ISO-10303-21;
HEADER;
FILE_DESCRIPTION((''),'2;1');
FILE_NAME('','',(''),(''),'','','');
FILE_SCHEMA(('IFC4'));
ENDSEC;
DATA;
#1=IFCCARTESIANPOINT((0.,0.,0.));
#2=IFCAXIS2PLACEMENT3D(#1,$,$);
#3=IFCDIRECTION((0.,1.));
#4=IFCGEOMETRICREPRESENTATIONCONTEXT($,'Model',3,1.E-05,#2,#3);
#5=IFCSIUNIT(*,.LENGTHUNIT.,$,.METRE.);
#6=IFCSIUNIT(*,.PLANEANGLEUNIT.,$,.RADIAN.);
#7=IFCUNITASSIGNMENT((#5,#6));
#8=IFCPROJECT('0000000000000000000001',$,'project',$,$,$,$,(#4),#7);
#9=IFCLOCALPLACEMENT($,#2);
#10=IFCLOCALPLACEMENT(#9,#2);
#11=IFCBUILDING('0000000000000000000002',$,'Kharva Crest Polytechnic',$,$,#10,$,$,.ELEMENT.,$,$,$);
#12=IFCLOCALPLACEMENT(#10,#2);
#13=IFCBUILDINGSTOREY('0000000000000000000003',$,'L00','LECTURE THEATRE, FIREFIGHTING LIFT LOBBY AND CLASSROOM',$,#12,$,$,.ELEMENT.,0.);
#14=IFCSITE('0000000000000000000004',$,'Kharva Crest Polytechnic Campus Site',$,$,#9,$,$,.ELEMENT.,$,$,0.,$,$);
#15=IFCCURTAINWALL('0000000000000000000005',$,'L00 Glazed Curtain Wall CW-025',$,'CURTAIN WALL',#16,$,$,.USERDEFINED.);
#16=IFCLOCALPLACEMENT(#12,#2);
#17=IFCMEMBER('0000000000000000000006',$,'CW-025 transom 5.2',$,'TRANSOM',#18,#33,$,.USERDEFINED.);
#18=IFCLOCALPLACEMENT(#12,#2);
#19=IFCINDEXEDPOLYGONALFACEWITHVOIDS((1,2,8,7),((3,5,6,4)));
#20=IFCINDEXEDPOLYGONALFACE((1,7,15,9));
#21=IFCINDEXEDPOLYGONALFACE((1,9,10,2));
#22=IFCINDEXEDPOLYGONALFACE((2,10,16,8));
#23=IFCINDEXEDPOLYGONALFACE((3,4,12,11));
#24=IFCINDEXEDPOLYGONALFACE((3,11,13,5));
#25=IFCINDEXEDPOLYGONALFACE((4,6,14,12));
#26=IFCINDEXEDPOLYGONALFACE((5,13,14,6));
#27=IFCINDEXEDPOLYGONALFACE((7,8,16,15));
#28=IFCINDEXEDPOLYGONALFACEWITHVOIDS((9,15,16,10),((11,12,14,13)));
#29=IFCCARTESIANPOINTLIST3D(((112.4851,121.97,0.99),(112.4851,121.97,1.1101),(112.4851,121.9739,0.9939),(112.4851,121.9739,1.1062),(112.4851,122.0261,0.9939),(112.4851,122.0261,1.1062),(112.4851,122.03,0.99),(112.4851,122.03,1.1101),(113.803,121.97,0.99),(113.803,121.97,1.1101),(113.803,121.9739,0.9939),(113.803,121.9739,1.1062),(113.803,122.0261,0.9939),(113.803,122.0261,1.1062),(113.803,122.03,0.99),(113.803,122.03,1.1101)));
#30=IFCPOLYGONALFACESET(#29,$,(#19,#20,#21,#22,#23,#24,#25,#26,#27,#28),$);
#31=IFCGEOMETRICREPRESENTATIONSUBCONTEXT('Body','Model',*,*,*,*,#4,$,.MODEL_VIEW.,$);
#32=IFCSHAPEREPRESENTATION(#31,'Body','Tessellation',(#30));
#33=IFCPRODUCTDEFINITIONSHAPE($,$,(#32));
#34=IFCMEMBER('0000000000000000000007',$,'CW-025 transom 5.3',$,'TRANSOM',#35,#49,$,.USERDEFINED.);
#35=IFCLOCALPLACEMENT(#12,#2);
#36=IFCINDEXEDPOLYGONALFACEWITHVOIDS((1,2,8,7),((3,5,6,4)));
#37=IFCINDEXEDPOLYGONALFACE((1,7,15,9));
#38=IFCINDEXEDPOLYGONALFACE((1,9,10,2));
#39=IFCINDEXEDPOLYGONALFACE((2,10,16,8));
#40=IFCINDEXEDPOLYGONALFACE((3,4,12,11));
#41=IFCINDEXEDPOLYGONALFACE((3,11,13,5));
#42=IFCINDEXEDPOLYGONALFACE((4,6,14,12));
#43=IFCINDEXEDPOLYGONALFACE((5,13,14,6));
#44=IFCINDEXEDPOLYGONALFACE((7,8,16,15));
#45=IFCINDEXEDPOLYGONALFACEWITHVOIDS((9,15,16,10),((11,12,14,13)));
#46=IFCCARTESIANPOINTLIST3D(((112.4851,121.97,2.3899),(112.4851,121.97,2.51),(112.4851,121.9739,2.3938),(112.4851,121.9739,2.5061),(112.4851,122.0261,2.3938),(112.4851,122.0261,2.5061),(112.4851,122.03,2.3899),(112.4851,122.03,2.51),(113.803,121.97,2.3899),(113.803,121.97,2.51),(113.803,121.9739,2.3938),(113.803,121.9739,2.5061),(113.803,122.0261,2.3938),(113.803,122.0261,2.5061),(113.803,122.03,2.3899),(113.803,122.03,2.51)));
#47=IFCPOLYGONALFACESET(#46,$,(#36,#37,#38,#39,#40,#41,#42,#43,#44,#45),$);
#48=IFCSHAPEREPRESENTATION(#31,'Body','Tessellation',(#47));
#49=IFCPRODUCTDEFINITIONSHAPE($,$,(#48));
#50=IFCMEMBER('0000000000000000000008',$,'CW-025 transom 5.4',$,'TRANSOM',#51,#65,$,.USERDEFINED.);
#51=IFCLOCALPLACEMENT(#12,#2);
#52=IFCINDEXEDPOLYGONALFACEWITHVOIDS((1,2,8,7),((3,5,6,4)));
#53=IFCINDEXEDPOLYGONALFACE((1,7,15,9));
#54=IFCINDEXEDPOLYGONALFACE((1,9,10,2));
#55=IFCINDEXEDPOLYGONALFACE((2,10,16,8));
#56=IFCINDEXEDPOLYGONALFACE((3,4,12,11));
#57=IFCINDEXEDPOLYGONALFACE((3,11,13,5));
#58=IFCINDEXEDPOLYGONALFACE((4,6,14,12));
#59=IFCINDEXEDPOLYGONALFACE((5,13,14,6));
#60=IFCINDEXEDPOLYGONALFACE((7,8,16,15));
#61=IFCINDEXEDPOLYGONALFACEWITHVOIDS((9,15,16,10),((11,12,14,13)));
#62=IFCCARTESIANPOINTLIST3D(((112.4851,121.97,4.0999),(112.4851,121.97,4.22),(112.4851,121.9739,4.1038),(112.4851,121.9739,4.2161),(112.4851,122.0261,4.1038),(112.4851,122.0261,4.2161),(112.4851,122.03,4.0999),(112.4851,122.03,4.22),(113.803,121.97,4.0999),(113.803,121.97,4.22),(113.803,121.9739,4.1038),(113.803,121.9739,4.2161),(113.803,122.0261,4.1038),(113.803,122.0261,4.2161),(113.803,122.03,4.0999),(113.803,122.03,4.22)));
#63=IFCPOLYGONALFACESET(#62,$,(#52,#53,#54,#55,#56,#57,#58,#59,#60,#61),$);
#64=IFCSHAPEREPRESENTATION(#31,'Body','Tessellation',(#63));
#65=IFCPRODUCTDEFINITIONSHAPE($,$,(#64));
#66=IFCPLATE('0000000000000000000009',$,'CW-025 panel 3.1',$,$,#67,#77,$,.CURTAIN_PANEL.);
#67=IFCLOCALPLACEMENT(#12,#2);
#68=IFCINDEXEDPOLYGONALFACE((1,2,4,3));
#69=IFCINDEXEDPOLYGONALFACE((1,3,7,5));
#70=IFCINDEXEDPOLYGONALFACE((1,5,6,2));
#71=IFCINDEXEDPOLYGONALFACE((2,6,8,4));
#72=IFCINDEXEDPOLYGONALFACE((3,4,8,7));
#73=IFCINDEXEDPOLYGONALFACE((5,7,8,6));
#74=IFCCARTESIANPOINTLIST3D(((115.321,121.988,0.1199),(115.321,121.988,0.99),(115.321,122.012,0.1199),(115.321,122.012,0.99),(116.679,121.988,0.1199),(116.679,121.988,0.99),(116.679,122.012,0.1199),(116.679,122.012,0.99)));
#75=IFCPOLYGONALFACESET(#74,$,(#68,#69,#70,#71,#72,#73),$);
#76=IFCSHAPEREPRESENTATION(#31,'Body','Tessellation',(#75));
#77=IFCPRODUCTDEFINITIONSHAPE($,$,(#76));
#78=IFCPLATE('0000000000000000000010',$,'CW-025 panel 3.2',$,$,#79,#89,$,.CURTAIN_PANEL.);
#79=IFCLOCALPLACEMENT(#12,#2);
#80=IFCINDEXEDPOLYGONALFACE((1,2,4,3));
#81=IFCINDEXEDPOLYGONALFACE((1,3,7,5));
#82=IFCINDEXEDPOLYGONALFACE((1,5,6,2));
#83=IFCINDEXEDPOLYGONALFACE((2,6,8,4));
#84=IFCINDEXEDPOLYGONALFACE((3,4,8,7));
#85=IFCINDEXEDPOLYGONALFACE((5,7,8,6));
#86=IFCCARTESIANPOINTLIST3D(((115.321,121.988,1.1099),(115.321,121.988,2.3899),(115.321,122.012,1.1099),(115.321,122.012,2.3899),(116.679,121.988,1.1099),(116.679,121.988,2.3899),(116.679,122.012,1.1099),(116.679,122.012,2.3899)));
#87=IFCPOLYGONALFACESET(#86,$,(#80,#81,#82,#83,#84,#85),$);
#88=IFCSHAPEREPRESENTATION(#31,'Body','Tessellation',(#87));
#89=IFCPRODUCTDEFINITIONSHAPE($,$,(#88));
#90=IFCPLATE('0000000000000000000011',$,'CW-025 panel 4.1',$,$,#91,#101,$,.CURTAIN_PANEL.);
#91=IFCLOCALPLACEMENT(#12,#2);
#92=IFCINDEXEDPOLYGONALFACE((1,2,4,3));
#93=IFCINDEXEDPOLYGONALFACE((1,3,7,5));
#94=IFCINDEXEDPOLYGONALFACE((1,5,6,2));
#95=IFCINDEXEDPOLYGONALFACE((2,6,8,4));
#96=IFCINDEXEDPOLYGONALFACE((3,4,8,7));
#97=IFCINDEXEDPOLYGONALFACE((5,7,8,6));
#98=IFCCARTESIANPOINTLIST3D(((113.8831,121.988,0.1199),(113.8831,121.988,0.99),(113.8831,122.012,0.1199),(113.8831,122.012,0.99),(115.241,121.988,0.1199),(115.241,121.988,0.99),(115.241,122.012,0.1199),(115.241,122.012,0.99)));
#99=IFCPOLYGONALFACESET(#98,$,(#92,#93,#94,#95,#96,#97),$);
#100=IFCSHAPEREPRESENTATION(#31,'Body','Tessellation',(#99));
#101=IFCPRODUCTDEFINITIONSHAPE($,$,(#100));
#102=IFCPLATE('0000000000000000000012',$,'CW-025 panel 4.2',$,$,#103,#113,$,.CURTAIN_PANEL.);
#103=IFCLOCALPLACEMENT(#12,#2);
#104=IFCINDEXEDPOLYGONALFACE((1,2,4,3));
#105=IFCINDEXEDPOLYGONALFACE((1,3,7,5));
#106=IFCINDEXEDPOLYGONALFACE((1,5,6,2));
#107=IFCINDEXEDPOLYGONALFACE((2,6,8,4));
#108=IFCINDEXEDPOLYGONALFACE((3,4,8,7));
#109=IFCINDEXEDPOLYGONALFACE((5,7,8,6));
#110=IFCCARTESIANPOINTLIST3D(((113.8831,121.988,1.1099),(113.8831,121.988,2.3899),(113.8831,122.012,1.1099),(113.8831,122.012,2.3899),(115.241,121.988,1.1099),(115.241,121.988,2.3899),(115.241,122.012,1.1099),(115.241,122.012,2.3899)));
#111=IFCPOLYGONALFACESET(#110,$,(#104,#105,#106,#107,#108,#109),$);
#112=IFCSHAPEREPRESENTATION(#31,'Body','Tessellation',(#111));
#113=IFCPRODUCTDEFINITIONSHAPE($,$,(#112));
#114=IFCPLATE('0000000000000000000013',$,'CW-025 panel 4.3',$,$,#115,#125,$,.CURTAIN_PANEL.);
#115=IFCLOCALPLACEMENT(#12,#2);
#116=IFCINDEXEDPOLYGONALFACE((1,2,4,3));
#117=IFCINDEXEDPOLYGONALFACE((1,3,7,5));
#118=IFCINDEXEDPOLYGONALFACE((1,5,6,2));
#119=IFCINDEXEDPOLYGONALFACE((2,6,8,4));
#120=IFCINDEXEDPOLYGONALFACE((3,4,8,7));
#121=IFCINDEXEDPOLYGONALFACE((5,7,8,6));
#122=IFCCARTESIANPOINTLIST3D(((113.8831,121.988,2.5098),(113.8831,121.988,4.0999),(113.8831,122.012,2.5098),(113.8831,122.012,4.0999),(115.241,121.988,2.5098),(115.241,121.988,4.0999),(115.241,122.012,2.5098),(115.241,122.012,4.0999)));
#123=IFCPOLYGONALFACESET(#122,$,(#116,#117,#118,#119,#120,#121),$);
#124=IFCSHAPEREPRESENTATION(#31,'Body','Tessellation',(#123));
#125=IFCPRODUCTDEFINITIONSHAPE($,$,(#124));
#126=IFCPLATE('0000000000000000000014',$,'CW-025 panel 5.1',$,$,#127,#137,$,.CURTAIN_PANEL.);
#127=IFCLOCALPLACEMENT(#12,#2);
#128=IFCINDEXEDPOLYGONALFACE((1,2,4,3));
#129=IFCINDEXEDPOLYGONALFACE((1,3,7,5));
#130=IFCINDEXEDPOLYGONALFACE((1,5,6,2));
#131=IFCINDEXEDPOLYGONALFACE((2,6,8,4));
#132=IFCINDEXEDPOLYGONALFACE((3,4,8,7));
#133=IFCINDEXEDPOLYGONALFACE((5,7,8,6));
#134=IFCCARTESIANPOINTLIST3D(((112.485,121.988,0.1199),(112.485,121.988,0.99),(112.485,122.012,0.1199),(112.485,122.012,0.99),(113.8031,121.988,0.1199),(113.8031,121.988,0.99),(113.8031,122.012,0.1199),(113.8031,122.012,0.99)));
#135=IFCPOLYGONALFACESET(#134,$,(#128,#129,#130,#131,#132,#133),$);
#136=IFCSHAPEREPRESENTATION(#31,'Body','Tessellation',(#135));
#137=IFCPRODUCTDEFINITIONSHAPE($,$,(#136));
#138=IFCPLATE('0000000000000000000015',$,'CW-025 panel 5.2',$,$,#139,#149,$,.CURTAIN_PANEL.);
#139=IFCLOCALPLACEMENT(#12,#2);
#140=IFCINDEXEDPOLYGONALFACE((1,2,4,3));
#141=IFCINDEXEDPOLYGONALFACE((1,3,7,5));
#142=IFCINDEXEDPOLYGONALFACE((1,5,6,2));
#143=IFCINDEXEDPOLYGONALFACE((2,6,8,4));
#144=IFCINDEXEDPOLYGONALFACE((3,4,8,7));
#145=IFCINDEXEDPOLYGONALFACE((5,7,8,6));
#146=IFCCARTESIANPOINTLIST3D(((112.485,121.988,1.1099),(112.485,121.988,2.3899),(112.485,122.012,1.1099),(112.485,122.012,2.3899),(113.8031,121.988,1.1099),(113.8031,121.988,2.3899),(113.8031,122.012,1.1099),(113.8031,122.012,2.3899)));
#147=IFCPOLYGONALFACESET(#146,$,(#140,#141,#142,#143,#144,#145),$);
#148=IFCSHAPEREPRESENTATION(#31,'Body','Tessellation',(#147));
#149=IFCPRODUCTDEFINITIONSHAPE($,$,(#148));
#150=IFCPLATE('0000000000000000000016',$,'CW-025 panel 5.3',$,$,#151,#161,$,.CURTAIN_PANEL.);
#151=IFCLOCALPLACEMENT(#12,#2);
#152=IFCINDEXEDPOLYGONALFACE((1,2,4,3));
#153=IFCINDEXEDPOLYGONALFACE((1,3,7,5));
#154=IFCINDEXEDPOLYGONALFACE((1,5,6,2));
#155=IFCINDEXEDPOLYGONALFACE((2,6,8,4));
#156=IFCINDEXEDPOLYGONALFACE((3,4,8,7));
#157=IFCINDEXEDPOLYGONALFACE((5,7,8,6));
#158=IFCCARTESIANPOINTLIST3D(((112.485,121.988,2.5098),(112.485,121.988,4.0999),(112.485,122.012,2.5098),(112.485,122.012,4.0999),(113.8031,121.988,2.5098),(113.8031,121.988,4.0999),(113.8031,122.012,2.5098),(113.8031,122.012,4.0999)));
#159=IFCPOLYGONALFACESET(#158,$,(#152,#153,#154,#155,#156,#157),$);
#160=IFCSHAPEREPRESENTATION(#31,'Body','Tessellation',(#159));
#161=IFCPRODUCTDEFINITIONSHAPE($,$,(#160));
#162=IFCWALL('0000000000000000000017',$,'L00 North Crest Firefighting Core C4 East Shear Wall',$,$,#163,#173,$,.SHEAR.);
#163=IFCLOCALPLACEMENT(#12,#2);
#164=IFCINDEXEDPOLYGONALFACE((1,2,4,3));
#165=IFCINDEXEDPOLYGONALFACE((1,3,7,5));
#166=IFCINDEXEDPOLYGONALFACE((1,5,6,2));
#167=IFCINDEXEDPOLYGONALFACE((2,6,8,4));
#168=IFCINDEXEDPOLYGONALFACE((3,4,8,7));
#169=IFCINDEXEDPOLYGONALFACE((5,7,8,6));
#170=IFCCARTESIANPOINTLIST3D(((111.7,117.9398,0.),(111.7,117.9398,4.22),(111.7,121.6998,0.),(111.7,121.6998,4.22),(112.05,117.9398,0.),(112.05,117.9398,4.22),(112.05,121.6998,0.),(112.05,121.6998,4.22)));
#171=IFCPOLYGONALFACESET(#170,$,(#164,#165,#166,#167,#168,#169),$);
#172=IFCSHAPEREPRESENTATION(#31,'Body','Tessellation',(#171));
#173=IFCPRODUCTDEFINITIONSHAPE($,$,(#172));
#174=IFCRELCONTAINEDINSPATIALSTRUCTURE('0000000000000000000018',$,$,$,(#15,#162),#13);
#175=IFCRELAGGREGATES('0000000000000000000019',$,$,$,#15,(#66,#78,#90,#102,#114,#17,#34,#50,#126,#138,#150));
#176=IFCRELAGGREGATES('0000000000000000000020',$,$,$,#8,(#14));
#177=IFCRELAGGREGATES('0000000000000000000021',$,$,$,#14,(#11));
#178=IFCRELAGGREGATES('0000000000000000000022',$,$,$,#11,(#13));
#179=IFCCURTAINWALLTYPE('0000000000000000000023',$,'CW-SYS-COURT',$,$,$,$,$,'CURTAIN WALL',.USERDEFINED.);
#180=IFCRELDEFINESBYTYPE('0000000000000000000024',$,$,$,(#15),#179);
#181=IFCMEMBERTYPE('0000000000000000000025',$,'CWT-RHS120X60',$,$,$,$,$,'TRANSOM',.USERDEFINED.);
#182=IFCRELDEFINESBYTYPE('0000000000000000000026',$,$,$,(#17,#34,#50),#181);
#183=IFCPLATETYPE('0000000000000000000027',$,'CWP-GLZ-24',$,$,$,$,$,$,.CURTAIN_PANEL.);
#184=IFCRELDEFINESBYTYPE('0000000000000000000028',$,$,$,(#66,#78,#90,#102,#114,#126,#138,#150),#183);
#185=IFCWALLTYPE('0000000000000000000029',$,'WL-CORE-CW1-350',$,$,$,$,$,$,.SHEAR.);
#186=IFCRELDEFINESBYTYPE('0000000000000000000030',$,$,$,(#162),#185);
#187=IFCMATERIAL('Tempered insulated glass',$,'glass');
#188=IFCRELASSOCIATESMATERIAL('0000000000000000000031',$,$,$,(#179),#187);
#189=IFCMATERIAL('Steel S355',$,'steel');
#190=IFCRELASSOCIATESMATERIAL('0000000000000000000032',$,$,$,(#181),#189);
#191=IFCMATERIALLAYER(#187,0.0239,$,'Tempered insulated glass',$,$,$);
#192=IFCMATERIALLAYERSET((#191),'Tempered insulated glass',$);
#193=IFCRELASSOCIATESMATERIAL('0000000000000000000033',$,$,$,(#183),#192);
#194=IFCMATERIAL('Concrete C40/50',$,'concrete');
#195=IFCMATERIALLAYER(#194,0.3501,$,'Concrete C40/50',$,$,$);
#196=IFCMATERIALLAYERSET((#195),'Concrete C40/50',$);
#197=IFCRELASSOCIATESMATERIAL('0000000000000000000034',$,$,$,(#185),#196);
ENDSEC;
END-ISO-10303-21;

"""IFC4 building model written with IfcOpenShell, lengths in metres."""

from ifc_helpers import new_model, si_unit, direction, frame, frame_2d, origin, origin_2d, place, context, subcontext, project, spatial, rectangle, hollow_rectangle, extrude, material, layer, layer_set, material_profile, profile_set, type_object, element, aggregate, save


model = new_model("IFC4")

# Units and contexts
model_context = context("Model", 3, precision=1e-05, world=origin(), true_north=direction((0.0, 1.0)))
body_context = subcontext(model_context, "Body", "Model", "MODEL_VIEW")
ifc_project = project(units=[si_unit("LENGTHUNIT", "METRE"), si_unit("PLANEANGLEUNIT", "RADIAN")], contexts=[model_context])

# Site, building, storey
site_placement = place(None, origin())
site = spatial("IfcSite", under=ifc_project, at=site_placement, Name="Kharva Crest Polytechnic Campus Site", CompositionType="ELEMENT", RefElevation=0.0)
building_placement = place(site_placement, origin())
building = spatial("IfcBuilding", under=site, at=building_placement, Name="Kharva Crest Polytechnic", CompositionType="ELEMENT")
storey_placement = place(building_placement, origin())
storey = spatial("IfcBuildingStorey", under=building, at=storey_placement, Name="L00", Description="LECTURE THEATRE, FIREFIGHTING LIFT LOBBY AND CLASSROOM", CompositionType="ELEMENT", Elevation=0.0)

# Shared definitions
ifc_material_1 = material(Name="Concrete C40/50", Category="concrete")

# Curtain wall, members, plates
ifc_material_2 = material(Name="Tempered insulated glass", Category="glass")
curtain_wall_type = type_object("IfcCurtainWallType", Name="CW-SYS-COURT", ElementType="CURTAIN WALL", PredefinedType="USERDEFINED", material=ifc_material_2)
curtain_wall_placement = place(storey_placement, origin())
curtain_wall = element("IfcCurtainWall", 1, at=curtain_wall_placement, inside=storey, type_object=curtain_wall_type, Name="L00 Glazed Curtain Wall CW-025", ObjectType="CURTAIN WALL", PredefinedType="USERDEFINED")
ifc_material_3 = material(Name="Steel S355", Category="steel")
ifc_material_profile_1 = material_profile(ifc_material_3, hollow_rectangle(XDim=0.0601, YDim=0.1201, WallThickness=0.0039, at=origin_2d()), Name="RHS 120X60X4.0")
ifc_profile_set_1 = profile_set([ifc_material_profile_1], Name="Steel S355")
member_type_1 = type_object("IfcMemberType", Name="CWT-RHS120X60", ElementType="TRANSOM", PredefinedType="USERDEFINED", material=ifc_profile_set_1)
member_1_placement = place(storey_placement, frame((113.803, 122.0, 1.05), z_axis=(-1.0, 0.0, 0.0), x_axis=(0.0, -1.0, 0.0)))
member_1 = element("IfcMember", 2, at=member_1_placement, type_object=member_type_1, Name="CW-025 transom 5.2", ObjectType="TRANSOM", PredefinedType="USERDEFINED", context=body_context, shape_type="SweptSolid", body=[
    extrude(hollow_rectangle(XDim=0.0601, YDim=0.1201, WallThickness=0.0039, at=origin_2d()), origin(), (0.0, 0.0, 1.0), 1.3179),
])
member_2_placement = place(storey_placement, frame((113.803, 122.0, 2.45), z_axis=(-1.0, 0.0, 0.0), x_axis=(0.0, -1.0, 0.0)))
member_2 = element("IfcMember", 3, at=member_2_placement, type_object=member_type_1, Name="CW-025 transom 5.3", ObjectType="TRANSOM", PredefinedType="USERDEFINED", context=body_context, shape_type="SweptSolid", body=[
    extrude(hollow_rectangle(XDim=0.0601, YDim=0.1201, WallThickness=0.0039, at=origin_2d()), origin(), (0.0, 0.0, 1.0), 1.3179),
])
member_3_placement = place(storey_placement, frame((113.803, 122.0, 4.1599), z_axis=(-1.0, 0.0, 0.0), x_axis=(0.0, -1.0, 0.0)))
member_3 = element("IfcMember", 4, at=member_3_placement, type_object=member_type_1, Name="CW-025 transom 5.4", ObjectType="TRANSOM", PredefinedType="USERDEFINED", context=body_context, shape_type="SweptSolid", body=[
    extrude(hollow_rectangle(XDim=0.0601, YDim=0.1201, WallThickness=0.0039, at=origin_2d()), origin(), (0.0, 0.0, 1.0), 1.3179),
])
ifc_layer_1 = layer(ifc_material_2, 0.0239, Name="Tempered insulated glass")
ifc_layer_set_1 = layer_set([ifc_layer_1], Name="Tempered insulated glass")
plate_type = type_object("IfcPlateType", Name="CWP-GLZ-24", PredefinedType="CURTAIN_PANEL", material=ifc_layer_set_1)
plate_1_placement = place(storey_placement, frame((116.0, 122.0, 0.1199), z_axis=(0.0, 0.0, 1.0), x_axis=(-1.0, 0.0, 0.0)))
plate_1 = element("IfcPlate", 5, at=plate_1_placement, type_object=plate_type, Name="CW-025 panel 3.1", PredefinedType="CURTAIN_PANEL", context=body_context, shape_type="SweptSolid", body=[
    extrude(rectangle(XDim=1.3579, YDim=0.0239, at=origin_2d()), origin(), (0.0, 0.0, 1.0), 0.8701),
])
plate_2_placement = place(storey_placement, frame((116.0, 122.0, 1.1099), z_axis=(0.0, 0.0, 1.0), x_axis=(-1.0, 0.0, 0.0)))
plate_2 = element("IfcPlate", 6, at=plate_2_placement, type_object=plate_type, Name="CW-025 panel 3.2", PredefinedType="CURTAIN_PANEL", context=body_context, shape_type="SweptSolid", body=[
    extrude(rectangle(XDim=1.3579, YDim=0.0239, at=origin_2d()), origin(), (0.0, 0.0, 1.0), 1.28),
])
plate_3_placement = place(storey_placement, frame((114.562, 122.0, 0.1199), z_axis=(0.0, 0.0, 1.0), x_axis=(-1.0, 0.0, 0.0)))
plate_3 = element("IfcPlate", 7, at=plate_3_placement, type_object=plate_type, Name="CW-025 panel 4.1", PredefinedType="CURTAIN_PANEL", context=body_context, shape_type="SweptSolid", body=[
    extrude(rectangle(XDim=1.3579, YDim=0.0239, at=origin_2d()), origin(), (0.0, 0.0, 1.0), 0.8701),
])
plate_4_placement = place(storey_placement, frame((114.562, 122.0, 1.1099), z_axis=(0.0, 0.0, 1.0), x_axis=(-1.0, 0.0, 0.0)))
plate_4 = element("IfcPlate", 8, at=plate_4_placement, type_object=plate_type, Name="CW-025 panel 4.2", PredefinedType="CURTAIN_PANEL", context=body_context, shape_type="SweptSolid", body=[
    extrude(rectangle(XDim=1.3579, YDim=0.0239, at=origin_2d()), origin(), (0.0, 0.0, 1.0), 1.28),
])
plate_5_placement = place(storey_placement, frame((114.562, 122.0, 2.5098), z_axis=(0.0, 0.0, 1.0), x_axis=(-1.0, 0.0, 0.0)))
plate_5 = element("IfcPlate", 9, at=plate_5_placement, type_object=plate_type, Name="CW-025 panel 4.3", PredefinedType="CURTAIN_PANEL", context=body_context, shape_type="SweptSolid", body=[
    extrude(rectangle(XDim=1.3579, YDim=0.0239, at=origin_2d()), origin(), (0.0, 0.0, 1.0), 1.5901),
])
plate_6_placement = place(storey_placement, frame((113.144, 122.0, 0.1199), z_axis=(0.0, 0.0, 1.0), x_axis=(-1.0, 0.0, 0.0)))
plate_6 = element("IfcPlate", 10, at=plate_6_placement, type_object=plate_type, Name="CW-025 panel 5.1", PredefinedType="CURTAIN_PANEL", context=body_context, shape_type="SweptSolid", body=[
    extrude(rectangle(XDim=1.3181, YDim=0.0239, at=origin_2d()), origin(), (0.0, 0.0, 1.0), 0.8701),
])
plate_7_placement = place(storey_placement, frame((113.144, 122.0, 1.1099), z_axis=(0.0, 0.0, 1.0), x_axis=(-1.0, 0.0, 0.0)))
plate_7 = element("IfcPlate", 11, at=plate_7_placement, type_object=plate_type, Name="CW-025 panel 5.2", PredefinedType="CURTAIN_PANEL", context=body_context, shape_type="SweptSolid", body=[
    extrude(rectangle(XDim=1.3181, YDim=0.0239, at=origin_2d()), origin(), (0.0, 0.0, 1.0), 1.28),
])
plate_8_placement = place(storey_placement, frame((113.144, 122.0, 2.5098), z_axis=(0.0, 0.0, 1.0), x_axis=(-1.0, 0.0, 0.0)))
plate_8 = element("IfcPlate", 12, at=plate_8_placement, type_object=plate_type, Name="CW-025 panel 5.3", PredefinedType="CURTAIN_PANEL", context=body_context, shape_type="SweptSolid", body=[
    extrude(rectangle(XDim=1.3181, YDim=0.0239, at=origin_2d()), origin(), (0.0, 0.0, 1.0), 1.5901),
])
aggregate(curtain_wall, [plate_1, plate_2, plate_3, plate_4, plate_5, member_1, member_2, member_3, plate_6, plate_7, plate_8])

# Wall
ifc_layer_2 = layer(ifc_material_1, 0.3501, Name="Concrete C40/50")
ifc_layer_set_2 = layer_set([ifc_layer_2], Name="Concrete C40/50")
wall_type_1 = type_object("IfcWallType", Name="WL-CORE-CW1-350", PredefinedType="SHEAR", material=ifc_layer_set_2)
wall_1_placement = place(storey_placement, frame((111.875, 117.9399, 0.0), z_axis=(0.0, 0.0, 1.0), x_axis=(0.0, 1.0, 0.0)))
element("IfcWall", 13, at=wall_1_placement, inside=storey, type_object=wall_type_1, Name="L00 North Crest Firefighting Core C4 East Shear Wall", PredefinedType="SHEAR", context=body_context, shape_type="SweptSolid", body=[
    extrude(rectangle(XDim=3.76, YDim=0.3501, at=frame_2d((1.8799, 0.0))), origin(), (0.0, 0.0, 1.0), 4.22),
])

save(model, "model.ifc")
